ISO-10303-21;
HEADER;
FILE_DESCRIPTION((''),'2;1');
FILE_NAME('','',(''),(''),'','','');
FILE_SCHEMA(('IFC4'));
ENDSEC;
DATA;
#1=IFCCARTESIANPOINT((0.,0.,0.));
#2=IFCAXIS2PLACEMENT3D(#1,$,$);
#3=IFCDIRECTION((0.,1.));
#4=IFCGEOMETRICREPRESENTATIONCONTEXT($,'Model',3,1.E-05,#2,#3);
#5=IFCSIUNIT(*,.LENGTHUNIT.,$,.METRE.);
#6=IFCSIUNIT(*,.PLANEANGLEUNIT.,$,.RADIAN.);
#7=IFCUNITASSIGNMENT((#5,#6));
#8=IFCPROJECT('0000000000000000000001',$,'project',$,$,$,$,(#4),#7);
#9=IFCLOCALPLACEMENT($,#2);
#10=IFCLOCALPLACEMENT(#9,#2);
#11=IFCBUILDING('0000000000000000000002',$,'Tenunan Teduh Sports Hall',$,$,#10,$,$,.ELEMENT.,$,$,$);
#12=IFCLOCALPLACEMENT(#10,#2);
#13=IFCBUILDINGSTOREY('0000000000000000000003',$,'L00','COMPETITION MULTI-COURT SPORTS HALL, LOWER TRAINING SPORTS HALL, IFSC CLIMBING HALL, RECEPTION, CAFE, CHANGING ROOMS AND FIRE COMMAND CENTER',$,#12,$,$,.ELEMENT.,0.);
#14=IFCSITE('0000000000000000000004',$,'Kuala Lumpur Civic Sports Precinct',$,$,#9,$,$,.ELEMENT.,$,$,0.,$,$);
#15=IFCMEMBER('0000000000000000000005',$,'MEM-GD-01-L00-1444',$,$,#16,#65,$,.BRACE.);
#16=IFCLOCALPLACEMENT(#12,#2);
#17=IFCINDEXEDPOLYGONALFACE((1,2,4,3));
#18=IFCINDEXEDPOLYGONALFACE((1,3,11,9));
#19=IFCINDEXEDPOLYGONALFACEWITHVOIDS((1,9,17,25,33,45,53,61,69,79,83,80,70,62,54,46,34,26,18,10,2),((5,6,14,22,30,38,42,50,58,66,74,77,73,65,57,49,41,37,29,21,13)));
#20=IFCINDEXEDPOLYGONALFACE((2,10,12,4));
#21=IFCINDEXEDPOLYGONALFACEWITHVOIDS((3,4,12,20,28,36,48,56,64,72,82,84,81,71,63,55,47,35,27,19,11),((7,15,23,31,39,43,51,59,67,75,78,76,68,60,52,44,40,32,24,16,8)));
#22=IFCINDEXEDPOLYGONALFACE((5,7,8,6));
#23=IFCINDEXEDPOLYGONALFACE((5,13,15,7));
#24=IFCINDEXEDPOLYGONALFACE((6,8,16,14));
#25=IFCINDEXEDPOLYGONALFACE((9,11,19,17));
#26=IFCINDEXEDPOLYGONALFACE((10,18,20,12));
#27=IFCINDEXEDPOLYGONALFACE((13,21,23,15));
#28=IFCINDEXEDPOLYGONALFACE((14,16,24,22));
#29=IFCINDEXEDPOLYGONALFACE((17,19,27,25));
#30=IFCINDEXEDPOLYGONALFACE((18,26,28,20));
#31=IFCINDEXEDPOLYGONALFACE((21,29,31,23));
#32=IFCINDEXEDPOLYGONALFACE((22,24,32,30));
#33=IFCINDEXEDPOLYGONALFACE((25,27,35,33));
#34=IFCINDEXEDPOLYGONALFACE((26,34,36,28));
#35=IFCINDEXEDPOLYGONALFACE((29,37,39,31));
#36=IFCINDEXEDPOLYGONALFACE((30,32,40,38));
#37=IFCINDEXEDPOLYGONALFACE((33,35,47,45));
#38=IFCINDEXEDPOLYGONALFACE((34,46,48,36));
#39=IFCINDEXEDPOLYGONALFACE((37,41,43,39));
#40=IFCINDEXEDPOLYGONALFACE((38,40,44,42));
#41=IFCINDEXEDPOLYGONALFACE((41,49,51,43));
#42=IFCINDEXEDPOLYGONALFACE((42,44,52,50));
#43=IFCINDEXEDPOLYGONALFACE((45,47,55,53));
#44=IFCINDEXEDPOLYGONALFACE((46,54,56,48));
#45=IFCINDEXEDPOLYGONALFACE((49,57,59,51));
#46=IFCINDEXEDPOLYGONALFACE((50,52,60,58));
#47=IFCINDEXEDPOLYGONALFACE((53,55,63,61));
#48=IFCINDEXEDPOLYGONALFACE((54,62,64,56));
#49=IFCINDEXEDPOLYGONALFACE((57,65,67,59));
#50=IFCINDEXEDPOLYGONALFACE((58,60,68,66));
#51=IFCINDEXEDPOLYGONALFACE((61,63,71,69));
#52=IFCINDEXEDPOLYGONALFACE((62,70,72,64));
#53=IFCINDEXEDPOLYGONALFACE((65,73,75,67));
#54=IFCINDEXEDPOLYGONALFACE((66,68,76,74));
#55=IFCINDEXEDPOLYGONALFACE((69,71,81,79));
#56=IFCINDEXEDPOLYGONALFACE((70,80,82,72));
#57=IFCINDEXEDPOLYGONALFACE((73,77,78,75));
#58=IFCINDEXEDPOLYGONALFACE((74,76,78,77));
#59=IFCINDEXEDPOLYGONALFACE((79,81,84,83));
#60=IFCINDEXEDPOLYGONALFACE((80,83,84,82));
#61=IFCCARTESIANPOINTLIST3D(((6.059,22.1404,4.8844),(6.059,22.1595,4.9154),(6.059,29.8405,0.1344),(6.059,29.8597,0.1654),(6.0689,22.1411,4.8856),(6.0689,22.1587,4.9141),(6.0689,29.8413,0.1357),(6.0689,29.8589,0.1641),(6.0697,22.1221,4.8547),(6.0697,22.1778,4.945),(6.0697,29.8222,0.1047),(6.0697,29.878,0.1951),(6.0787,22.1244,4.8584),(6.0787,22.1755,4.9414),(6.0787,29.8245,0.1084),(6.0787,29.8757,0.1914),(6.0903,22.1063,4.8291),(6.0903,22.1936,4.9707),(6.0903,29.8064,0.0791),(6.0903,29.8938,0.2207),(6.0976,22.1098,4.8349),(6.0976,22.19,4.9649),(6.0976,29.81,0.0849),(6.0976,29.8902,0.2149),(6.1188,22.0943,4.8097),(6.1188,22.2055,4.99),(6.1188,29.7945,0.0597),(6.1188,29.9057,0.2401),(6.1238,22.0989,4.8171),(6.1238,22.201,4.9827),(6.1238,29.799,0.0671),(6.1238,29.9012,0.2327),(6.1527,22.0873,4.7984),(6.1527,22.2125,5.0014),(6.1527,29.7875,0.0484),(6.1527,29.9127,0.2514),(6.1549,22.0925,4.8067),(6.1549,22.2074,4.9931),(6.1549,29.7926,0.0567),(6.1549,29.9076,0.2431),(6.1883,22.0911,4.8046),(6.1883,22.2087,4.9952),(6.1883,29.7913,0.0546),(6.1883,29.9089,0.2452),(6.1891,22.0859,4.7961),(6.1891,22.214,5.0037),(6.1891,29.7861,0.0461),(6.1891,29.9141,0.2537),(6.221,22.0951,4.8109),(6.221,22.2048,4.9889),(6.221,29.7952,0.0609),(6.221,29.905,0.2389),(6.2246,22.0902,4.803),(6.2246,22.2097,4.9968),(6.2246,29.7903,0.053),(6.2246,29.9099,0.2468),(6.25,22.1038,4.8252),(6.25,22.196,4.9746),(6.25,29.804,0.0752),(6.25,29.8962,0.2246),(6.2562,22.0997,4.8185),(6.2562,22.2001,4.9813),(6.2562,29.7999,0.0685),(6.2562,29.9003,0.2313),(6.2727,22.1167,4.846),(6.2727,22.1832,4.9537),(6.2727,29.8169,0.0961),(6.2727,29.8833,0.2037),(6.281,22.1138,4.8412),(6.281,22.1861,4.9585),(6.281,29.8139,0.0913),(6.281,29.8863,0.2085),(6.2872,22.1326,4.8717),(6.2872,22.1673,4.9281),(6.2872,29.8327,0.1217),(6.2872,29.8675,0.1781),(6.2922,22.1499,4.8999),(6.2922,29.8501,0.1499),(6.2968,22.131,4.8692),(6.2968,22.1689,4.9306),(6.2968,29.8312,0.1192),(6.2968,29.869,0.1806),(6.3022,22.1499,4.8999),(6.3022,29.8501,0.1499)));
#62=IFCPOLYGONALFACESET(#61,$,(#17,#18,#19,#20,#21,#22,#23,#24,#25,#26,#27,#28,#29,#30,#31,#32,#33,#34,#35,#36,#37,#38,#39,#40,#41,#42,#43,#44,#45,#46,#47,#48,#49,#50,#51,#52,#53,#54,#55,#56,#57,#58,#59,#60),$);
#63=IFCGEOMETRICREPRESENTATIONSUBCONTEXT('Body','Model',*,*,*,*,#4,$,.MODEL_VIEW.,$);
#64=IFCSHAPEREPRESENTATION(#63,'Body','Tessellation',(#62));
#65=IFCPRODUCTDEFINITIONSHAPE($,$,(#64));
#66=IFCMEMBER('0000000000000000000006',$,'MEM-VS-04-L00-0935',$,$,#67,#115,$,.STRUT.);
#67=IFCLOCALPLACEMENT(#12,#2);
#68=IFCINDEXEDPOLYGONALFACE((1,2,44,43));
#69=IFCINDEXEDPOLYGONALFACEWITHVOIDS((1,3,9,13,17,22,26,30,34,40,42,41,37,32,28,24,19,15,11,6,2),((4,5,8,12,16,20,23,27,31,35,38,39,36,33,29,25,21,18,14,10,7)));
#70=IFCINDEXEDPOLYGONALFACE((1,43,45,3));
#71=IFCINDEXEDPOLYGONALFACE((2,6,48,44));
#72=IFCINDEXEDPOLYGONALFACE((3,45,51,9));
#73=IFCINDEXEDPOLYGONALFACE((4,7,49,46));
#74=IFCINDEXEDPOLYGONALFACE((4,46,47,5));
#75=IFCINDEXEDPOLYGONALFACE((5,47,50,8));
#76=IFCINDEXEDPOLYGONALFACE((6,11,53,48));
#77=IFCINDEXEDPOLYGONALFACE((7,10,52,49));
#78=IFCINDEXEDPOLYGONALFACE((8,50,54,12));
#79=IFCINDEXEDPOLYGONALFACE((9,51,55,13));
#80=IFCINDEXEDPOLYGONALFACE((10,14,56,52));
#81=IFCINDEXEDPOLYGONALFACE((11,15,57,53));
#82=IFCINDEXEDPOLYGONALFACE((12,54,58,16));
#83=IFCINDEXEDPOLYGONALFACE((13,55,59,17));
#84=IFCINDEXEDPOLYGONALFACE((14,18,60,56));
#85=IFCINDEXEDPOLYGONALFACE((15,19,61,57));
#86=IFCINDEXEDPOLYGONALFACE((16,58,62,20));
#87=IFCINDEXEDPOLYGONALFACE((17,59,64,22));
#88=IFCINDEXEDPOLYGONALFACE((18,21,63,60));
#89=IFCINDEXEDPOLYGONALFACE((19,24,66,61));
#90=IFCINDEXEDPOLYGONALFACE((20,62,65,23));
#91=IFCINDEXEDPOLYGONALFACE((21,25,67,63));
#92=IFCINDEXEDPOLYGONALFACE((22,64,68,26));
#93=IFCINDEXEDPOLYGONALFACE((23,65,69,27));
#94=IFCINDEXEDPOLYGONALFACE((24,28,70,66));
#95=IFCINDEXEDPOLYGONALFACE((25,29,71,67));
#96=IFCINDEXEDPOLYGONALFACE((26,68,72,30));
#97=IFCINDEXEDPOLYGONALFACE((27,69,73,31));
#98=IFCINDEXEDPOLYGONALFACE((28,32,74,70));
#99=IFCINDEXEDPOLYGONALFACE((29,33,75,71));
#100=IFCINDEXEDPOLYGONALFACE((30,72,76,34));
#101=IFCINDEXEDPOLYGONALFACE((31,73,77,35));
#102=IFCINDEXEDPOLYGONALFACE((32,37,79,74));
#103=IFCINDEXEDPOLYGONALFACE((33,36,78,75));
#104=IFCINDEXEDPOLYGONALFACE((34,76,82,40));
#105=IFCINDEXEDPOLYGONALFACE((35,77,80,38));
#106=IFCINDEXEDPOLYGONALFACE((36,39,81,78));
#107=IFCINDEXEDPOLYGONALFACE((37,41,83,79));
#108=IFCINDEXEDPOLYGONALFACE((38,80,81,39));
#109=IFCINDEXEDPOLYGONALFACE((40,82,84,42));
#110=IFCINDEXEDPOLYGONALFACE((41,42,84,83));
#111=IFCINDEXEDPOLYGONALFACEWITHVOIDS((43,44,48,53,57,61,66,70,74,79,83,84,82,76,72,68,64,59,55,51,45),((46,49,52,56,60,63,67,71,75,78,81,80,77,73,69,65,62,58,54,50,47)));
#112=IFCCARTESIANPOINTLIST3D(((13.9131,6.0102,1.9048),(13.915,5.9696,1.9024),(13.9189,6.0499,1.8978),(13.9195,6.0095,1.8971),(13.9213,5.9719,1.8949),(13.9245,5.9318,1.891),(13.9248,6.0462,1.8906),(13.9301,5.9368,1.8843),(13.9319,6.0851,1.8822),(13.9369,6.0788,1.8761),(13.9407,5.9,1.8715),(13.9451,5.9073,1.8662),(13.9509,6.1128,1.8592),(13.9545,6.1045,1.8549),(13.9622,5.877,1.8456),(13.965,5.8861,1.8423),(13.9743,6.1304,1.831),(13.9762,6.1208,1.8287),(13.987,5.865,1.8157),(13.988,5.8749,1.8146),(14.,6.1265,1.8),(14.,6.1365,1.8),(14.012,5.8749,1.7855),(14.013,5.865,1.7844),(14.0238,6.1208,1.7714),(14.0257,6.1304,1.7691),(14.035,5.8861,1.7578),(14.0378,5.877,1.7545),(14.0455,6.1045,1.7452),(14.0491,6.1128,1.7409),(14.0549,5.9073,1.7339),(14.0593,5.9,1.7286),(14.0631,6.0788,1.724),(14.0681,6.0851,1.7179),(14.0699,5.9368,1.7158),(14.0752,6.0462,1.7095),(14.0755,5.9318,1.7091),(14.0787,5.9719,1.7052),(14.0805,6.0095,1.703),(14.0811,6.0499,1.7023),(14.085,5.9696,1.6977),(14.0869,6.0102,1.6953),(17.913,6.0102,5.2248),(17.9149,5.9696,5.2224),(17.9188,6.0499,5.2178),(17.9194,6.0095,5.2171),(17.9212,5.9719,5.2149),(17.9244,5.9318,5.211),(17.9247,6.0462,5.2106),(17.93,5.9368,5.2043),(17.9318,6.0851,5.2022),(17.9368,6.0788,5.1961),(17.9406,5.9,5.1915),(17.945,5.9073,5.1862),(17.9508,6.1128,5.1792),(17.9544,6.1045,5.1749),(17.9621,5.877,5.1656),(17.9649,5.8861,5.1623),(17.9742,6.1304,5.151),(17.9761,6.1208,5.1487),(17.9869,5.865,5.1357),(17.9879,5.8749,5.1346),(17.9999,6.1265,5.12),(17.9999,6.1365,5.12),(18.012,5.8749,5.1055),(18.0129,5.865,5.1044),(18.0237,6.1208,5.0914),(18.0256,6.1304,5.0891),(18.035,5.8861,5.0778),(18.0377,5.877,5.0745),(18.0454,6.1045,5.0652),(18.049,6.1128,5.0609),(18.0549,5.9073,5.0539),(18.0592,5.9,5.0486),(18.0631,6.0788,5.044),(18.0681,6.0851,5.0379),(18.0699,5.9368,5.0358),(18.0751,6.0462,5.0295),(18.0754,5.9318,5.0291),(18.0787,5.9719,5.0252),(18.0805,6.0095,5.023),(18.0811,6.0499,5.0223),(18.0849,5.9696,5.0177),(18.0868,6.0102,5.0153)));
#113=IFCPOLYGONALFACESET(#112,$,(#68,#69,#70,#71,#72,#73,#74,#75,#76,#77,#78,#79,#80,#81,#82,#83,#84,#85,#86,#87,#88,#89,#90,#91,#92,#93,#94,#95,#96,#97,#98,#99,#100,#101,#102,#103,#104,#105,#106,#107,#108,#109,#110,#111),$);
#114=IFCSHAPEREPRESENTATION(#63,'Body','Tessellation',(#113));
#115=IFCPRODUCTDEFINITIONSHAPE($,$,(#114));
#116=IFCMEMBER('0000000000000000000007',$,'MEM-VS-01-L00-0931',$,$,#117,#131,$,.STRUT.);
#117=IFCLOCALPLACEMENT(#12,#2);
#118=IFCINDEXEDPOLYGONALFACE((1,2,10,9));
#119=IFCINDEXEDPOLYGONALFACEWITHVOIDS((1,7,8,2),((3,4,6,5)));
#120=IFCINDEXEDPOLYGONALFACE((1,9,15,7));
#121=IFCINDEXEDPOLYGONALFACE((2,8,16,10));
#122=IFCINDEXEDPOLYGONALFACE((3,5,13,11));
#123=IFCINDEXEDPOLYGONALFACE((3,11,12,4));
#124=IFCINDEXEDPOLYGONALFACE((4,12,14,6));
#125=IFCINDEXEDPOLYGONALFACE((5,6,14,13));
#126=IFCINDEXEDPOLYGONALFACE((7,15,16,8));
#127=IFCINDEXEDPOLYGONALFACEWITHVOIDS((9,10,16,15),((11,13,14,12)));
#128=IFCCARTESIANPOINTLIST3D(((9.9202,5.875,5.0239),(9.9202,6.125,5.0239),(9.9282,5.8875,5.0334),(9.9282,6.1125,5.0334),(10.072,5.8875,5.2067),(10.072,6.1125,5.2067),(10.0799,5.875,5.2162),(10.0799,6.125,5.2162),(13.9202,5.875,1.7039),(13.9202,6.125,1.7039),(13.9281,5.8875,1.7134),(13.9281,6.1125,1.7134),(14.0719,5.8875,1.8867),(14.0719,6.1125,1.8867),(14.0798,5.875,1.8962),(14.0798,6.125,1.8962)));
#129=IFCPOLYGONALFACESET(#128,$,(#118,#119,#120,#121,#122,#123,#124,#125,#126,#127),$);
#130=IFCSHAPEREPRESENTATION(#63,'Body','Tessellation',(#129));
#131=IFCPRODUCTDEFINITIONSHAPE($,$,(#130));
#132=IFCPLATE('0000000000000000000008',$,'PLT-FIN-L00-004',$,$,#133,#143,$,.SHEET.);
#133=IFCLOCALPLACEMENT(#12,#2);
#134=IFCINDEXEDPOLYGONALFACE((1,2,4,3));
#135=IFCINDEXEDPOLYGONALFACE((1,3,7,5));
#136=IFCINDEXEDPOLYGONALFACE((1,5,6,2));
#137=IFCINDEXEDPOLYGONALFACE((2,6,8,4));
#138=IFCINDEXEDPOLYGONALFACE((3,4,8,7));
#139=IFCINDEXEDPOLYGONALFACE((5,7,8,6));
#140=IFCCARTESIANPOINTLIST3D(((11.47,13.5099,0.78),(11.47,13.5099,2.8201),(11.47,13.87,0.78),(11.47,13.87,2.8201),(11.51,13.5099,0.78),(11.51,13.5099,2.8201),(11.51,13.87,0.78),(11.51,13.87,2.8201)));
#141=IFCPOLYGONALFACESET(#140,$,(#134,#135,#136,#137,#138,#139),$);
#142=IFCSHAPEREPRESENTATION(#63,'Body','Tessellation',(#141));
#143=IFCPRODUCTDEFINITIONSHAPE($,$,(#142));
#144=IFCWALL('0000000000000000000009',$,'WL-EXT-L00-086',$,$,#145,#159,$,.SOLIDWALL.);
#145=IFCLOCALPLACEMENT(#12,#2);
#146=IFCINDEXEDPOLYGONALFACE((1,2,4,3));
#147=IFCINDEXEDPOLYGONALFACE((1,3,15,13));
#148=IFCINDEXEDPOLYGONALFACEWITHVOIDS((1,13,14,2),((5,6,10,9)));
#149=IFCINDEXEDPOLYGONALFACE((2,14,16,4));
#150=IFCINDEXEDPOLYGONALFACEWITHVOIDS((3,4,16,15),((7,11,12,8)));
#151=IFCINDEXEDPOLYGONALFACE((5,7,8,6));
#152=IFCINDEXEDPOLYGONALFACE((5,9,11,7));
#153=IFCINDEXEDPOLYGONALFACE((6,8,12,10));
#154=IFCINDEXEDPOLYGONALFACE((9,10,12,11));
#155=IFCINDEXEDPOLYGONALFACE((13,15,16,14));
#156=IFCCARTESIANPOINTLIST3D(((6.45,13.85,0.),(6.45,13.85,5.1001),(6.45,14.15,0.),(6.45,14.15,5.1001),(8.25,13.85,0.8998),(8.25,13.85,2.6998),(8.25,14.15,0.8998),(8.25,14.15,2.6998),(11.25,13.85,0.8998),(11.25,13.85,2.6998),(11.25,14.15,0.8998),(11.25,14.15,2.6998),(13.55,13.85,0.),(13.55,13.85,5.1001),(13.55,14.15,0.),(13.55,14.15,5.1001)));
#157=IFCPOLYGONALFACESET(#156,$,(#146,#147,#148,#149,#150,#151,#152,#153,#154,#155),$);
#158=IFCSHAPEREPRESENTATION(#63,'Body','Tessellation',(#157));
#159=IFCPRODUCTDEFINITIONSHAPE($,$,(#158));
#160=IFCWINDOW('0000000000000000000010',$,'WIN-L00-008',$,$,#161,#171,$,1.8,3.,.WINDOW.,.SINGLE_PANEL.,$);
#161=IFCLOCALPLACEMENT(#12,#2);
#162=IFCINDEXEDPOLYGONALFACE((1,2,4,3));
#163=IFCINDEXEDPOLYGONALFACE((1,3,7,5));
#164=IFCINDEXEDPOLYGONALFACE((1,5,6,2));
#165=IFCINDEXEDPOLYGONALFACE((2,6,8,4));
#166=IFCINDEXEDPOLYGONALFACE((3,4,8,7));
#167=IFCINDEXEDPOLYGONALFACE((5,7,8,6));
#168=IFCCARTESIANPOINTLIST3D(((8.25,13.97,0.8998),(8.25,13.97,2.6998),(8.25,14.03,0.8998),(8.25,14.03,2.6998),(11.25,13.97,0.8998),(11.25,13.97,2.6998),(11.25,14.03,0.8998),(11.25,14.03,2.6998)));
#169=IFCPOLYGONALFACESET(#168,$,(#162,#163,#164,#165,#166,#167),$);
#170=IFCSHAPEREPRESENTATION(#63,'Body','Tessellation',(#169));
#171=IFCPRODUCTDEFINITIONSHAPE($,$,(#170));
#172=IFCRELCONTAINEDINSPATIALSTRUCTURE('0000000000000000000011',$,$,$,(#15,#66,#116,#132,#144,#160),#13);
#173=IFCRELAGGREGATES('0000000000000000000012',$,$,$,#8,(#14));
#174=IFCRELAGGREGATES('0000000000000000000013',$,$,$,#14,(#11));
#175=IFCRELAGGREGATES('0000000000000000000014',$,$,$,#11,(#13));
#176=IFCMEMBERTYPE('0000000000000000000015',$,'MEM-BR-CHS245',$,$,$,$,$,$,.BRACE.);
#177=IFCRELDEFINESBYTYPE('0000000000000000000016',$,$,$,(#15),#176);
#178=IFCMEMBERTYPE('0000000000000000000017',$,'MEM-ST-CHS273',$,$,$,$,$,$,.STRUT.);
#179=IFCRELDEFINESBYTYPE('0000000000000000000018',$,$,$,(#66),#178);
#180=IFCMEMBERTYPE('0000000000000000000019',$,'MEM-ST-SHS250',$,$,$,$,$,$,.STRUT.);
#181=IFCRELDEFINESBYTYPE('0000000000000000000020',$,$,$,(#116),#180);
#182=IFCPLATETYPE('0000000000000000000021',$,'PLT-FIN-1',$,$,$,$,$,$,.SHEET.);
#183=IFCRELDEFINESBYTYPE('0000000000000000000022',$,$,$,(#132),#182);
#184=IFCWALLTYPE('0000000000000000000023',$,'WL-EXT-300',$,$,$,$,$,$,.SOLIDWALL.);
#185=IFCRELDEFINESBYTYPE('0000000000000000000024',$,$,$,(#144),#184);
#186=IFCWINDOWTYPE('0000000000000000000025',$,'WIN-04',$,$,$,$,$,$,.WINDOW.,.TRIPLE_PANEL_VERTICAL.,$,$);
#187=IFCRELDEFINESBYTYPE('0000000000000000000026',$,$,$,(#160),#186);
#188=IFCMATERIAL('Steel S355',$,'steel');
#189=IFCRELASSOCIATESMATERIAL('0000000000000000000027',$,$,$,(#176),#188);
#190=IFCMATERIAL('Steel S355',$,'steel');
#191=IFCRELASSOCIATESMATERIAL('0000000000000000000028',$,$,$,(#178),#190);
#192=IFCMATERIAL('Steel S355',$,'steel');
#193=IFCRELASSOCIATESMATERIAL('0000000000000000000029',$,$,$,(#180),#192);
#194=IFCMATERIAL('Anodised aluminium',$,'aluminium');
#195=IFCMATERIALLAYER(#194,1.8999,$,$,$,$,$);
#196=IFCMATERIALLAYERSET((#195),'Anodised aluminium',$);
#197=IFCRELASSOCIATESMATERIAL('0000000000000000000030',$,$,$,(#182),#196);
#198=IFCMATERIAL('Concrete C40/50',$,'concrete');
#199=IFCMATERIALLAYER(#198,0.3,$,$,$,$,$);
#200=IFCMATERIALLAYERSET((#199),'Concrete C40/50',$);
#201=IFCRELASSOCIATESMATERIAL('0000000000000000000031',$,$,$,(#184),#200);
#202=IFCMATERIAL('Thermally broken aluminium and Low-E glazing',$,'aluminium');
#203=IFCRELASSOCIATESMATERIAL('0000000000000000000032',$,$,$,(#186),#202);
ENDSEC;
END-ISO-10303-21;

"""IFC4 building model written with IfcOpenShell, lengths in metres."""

from ifc_helpers import new_model, si_unit, direction, frame, frame_2d, origin, origin_2d, place, context, subcontext, project, spatial, rectangle, hollow_rectangle, hollow_circle, extrude, material, layer, layer_set, material_profile, profile_set, type_object, element, fill, save


model = new_model("IFC4")

# Units and contexts
model_context = context("Model", 3, precision=1e-05, world=origin(), true_north=direction((0.0, 1.0)))
body_context = subcontext(model_context, "Body", "Model", "MODEL_VIEW")
ifc_project = project(units=[si_unit("LENGTHUNIT", "METRE"), si_unit("PLANEANGLEUNIT", "RADIAN")], contexts=[model_context])

# Site, building, storey
site_placement = place(None, origin())
site = spatial("IfcSite", under=ifc_project, at=site_placement, Name="Kuala Lumpur Civic Sports Precinct", CompositionType="ELEMENT", RefElevation=0.0)
building_placement = place(site_placement, origin())
building = spatial("IfcBuilding", under=site, at=building_placement, Name="Tenunan Teduh Sports Hall", CompositionType="ELEMENT")
storey_placement = place(building_placement, origin())
storey = spatial("IfcBuildingStorey", under=building, at=storey_placement, Name="L00", Description="COMPETITION MULTI-COURT SPORTS HALL, LOWER TRAINING SPORTS HALL, IFSC CLIMBING HALL, RECEPTION, CAFE, CHANGING ROOMS AND FIRE COMMAND CENTER", CompositionType="ELEMENT", Elevation=0.0)

# Members
ifc_material_1 = material(Name="Steel S355", Category="steel")
ifc_material_profile_1 = material_profile(ifc_material_1, hollow_circle(Radius=0.1223, WallThickness=0.01, at=origin_2d()), Name="CHS 244.5x10.0")
ifc_profile_set_1 = profile_set([ifc_material_profile_1], Name="Steel S355")
member_type_1 = type_object("IfcMemberType", Name="MEM-BR-CHS245", PredefinedType="BRACE", material=ifc_profile_set_1)
member_1_placement = place(storey_placement, frame((6.1799, 29.8501, 0.1499), z_axis=(0.0, -0.851095, 0.525013), x_axis=(1.0, 0.0, 0.0)))
element("IfcMember", 1, at=member_1_placement, inside=storey, type_object=member_type_1, Name="MEM-GD-01-L00-1444", PredefinedType="BRACE", context=body_context, shape_type="SweptSolid", body=[
    extrude(hollow_circle(Radius=0.1223, WallThickness=0.01, at=origin_2d()), origin(), (0.0, 0.0, 1.0), 9.0474),
])
ifc_material_2 = material(Name="Steel S355", Category="steel")
ifc_material_profile_2 = material_profile(ifc_material_2, hollow_circle(Radius=0.1365, WallThickness=0.01, at=origin_2d()), Name="CHS 273.0x10.0")
ifc_profile_set_2 = profile_set([ifc_material_profile_2], Name="Steel S355")
member_type_2 = type_object("IfcMemberType", Name="MEM-ST-CHS273", PredefinedType="STRUT", material=ifc_profile_set_2)
member_2_placement = place(storey_placement, frame((14.0, 6.0, 1.8), z_axis=(0.769475, 0.0, 0.638677), x_axis=(0.0, 1.0, 0.0)))
element("IfcMember", 2, at=member_2_placement, inside=storey, type_object=member_type_2, Name="MEM-VS-04-L00-0935", PredefinedType="STRUT", context=body_context, shape_type="SweptSolid", body=[
    extrude(hollow_circle(Radius=0.1365, WallThickness=0.01, at=origin_2d()), origin(), (0.0, 0.0, 1.0), 5.1982),
])
ifc_material_3 = material(Name="Steel S355", Category="steel")
ifc_material_profile_3 = material_profile(ifc_material_3, hollow_rectangle(XDim=0.25, YDim=0.25, WallThickness=0.0125, at=origin_2d()), Name="SHS 250x250x12.5")
ifc_profile_set_3 = profile_set([ifc_material_profile_3], Name="Steel S355")
member_type_3 = type_object("IfcMemberType", Name="MEM-ST-SHS250", PredefinedType="STRUT", material=ifc_profile_set_3)
member_3_placement = place(storey_placement, frame((14.0, 6.0, 1.8), z_axis=(-0.769475, 0.0, 0.638677), x_axis=(0.0, -1.0, 0.0)))
element("IfcMember", 3, at=member_3_placement, inside=storey, type_object=member_type_3, Name="MEM-VS-01-L00-0931", PredefinedType="STRUT", context=body_context, shape_type="SweptSolid", body=[
    extrude(hollow_rectangle(XDim=0.25, YDim=0.25, WallThickness=0.0125, at=origin_2d()), origin(), (0.0, 0.0, 1.0), 5.1982),
])

# Plate
ifc_material_4 = material(Name="Anodised aluminium", Category="aluminium")
ifc_layer_1 = layer(ifc_material_4, 1.8999)
ifc_layer_set_1 = layer_set([ifc_layer_1], Name="Anodised aluminium")
plate_type = type_object("IfcPlateType", Name="PLT-FIN-1", PredefinedType="SHEET", material=ifc_layer_set_1)
plate_placement = place(storey_placement, frame((11.49, 13.6899, 0.78), z_axis=(0.0, 0.0, 1.0), x_axis=(1.0, 0.0, 0.0)))
element("IfcPlate", 4, at=plate_placement, inside=storey, type_object=plate_type, Name="PLT-FIN-L00-004", PredefinedType="SHEET", context=body_context, shape_type="SweptSolid", body=[
    extrude(rectangle(XDim=0.04, YDim=0.3601, at=origin_2d()), origin(), (0.0, 0.0, 1.0), 2.04),
])

# Wall, opening, window
ifc_material_5 = material(Name="Concrete C40/50", Category="concrete")
ifc_layer_2 = layer(ifc_material_5, 0.3)
ifc_layer_set_2 = layer_set([ifc_layer_2], Name="Concrete C40/50")
wall_type = type_object("IfcWallType", Name="WL-EXT-300", PredefinedType="SOLIDWALL", material=ifc_layer_set_2)
wall_1_placement = place(storey_placement, frame((6.45, 14.0, 0.0), z_axis=(0.0, 0.0, 1.0), x_axis=(1.0, 0.0, 0.0)))
wall_1 = element("IfcWall", 5, at=wall_1_placement, inside=storey, type_object=wall_type, Name="WL-EXT-L00-086", PredefinedType="SOLIDWALL", context=body_context, shape_type="SweptSolid", body=[
    extrude(rectangle(XDim=7.1001, YDim=0.3, at=frame_2d((3.55, 0.0))), origin(), (0.0, 0.0, 1.0), 5.1001),
])
opening_1_placement = place(wall_1_placement, frame((1.8, 0.0, 0.8999)))
opening_1 = element("IfcOpeningElement", 6, at=opening_1_placement, cuts=wall_1, PredefinedType="OPENING", context=body_context, shape_type="SweptSolid", body=[
    extrude(rectangle(XDim=3.0, YDim=1.8, at=frame_2d((1.5, 0.8999))), frame((0.0, 0.1599, 0.0), z_axis=(0.0, -1.0, 0.0), x_axis=(1.0, 0.0, 0.0)), (0.0, 0.0, 1.0), 0.3201),
])
ifc_material_6 = material(Name="Thermally broken aluminium and Low-E glazing", Category="aluminium")
window_type = type_object("IfcWindowType", Name="WIN-04", PartitioningType="TRIPLE_PANEL_VERTICAL", PredefinedType="WINDOW", material=ifc_material_6)
window_placement = place(opening_1_placement, origin())
window = element("IfcWindow", 7, at=window_placement, inside=storey, type_object=window_type, Name="WIN-L00-008", OverallHeight=1.8, OverallWidth=3.0, PartitioningType="SINGLE_PANEL", PredefinedType="WINDOW", context=body_context, shape_type="SweptSolid", body=[
    extrude(rectangle(XDim=3.0, YDim=1.8, at=frame_2d((1.5, 0.8999))), frame((0.0, 0.03, 0.0), z_axis=(0.0, -1.0, 0.0), x_axis=(1.0, 0.0, 0.0)), (0.0, 0.0, 1.0), 0.0601),
])
fill(opening_1, window)

save(model, "model.ifc")
